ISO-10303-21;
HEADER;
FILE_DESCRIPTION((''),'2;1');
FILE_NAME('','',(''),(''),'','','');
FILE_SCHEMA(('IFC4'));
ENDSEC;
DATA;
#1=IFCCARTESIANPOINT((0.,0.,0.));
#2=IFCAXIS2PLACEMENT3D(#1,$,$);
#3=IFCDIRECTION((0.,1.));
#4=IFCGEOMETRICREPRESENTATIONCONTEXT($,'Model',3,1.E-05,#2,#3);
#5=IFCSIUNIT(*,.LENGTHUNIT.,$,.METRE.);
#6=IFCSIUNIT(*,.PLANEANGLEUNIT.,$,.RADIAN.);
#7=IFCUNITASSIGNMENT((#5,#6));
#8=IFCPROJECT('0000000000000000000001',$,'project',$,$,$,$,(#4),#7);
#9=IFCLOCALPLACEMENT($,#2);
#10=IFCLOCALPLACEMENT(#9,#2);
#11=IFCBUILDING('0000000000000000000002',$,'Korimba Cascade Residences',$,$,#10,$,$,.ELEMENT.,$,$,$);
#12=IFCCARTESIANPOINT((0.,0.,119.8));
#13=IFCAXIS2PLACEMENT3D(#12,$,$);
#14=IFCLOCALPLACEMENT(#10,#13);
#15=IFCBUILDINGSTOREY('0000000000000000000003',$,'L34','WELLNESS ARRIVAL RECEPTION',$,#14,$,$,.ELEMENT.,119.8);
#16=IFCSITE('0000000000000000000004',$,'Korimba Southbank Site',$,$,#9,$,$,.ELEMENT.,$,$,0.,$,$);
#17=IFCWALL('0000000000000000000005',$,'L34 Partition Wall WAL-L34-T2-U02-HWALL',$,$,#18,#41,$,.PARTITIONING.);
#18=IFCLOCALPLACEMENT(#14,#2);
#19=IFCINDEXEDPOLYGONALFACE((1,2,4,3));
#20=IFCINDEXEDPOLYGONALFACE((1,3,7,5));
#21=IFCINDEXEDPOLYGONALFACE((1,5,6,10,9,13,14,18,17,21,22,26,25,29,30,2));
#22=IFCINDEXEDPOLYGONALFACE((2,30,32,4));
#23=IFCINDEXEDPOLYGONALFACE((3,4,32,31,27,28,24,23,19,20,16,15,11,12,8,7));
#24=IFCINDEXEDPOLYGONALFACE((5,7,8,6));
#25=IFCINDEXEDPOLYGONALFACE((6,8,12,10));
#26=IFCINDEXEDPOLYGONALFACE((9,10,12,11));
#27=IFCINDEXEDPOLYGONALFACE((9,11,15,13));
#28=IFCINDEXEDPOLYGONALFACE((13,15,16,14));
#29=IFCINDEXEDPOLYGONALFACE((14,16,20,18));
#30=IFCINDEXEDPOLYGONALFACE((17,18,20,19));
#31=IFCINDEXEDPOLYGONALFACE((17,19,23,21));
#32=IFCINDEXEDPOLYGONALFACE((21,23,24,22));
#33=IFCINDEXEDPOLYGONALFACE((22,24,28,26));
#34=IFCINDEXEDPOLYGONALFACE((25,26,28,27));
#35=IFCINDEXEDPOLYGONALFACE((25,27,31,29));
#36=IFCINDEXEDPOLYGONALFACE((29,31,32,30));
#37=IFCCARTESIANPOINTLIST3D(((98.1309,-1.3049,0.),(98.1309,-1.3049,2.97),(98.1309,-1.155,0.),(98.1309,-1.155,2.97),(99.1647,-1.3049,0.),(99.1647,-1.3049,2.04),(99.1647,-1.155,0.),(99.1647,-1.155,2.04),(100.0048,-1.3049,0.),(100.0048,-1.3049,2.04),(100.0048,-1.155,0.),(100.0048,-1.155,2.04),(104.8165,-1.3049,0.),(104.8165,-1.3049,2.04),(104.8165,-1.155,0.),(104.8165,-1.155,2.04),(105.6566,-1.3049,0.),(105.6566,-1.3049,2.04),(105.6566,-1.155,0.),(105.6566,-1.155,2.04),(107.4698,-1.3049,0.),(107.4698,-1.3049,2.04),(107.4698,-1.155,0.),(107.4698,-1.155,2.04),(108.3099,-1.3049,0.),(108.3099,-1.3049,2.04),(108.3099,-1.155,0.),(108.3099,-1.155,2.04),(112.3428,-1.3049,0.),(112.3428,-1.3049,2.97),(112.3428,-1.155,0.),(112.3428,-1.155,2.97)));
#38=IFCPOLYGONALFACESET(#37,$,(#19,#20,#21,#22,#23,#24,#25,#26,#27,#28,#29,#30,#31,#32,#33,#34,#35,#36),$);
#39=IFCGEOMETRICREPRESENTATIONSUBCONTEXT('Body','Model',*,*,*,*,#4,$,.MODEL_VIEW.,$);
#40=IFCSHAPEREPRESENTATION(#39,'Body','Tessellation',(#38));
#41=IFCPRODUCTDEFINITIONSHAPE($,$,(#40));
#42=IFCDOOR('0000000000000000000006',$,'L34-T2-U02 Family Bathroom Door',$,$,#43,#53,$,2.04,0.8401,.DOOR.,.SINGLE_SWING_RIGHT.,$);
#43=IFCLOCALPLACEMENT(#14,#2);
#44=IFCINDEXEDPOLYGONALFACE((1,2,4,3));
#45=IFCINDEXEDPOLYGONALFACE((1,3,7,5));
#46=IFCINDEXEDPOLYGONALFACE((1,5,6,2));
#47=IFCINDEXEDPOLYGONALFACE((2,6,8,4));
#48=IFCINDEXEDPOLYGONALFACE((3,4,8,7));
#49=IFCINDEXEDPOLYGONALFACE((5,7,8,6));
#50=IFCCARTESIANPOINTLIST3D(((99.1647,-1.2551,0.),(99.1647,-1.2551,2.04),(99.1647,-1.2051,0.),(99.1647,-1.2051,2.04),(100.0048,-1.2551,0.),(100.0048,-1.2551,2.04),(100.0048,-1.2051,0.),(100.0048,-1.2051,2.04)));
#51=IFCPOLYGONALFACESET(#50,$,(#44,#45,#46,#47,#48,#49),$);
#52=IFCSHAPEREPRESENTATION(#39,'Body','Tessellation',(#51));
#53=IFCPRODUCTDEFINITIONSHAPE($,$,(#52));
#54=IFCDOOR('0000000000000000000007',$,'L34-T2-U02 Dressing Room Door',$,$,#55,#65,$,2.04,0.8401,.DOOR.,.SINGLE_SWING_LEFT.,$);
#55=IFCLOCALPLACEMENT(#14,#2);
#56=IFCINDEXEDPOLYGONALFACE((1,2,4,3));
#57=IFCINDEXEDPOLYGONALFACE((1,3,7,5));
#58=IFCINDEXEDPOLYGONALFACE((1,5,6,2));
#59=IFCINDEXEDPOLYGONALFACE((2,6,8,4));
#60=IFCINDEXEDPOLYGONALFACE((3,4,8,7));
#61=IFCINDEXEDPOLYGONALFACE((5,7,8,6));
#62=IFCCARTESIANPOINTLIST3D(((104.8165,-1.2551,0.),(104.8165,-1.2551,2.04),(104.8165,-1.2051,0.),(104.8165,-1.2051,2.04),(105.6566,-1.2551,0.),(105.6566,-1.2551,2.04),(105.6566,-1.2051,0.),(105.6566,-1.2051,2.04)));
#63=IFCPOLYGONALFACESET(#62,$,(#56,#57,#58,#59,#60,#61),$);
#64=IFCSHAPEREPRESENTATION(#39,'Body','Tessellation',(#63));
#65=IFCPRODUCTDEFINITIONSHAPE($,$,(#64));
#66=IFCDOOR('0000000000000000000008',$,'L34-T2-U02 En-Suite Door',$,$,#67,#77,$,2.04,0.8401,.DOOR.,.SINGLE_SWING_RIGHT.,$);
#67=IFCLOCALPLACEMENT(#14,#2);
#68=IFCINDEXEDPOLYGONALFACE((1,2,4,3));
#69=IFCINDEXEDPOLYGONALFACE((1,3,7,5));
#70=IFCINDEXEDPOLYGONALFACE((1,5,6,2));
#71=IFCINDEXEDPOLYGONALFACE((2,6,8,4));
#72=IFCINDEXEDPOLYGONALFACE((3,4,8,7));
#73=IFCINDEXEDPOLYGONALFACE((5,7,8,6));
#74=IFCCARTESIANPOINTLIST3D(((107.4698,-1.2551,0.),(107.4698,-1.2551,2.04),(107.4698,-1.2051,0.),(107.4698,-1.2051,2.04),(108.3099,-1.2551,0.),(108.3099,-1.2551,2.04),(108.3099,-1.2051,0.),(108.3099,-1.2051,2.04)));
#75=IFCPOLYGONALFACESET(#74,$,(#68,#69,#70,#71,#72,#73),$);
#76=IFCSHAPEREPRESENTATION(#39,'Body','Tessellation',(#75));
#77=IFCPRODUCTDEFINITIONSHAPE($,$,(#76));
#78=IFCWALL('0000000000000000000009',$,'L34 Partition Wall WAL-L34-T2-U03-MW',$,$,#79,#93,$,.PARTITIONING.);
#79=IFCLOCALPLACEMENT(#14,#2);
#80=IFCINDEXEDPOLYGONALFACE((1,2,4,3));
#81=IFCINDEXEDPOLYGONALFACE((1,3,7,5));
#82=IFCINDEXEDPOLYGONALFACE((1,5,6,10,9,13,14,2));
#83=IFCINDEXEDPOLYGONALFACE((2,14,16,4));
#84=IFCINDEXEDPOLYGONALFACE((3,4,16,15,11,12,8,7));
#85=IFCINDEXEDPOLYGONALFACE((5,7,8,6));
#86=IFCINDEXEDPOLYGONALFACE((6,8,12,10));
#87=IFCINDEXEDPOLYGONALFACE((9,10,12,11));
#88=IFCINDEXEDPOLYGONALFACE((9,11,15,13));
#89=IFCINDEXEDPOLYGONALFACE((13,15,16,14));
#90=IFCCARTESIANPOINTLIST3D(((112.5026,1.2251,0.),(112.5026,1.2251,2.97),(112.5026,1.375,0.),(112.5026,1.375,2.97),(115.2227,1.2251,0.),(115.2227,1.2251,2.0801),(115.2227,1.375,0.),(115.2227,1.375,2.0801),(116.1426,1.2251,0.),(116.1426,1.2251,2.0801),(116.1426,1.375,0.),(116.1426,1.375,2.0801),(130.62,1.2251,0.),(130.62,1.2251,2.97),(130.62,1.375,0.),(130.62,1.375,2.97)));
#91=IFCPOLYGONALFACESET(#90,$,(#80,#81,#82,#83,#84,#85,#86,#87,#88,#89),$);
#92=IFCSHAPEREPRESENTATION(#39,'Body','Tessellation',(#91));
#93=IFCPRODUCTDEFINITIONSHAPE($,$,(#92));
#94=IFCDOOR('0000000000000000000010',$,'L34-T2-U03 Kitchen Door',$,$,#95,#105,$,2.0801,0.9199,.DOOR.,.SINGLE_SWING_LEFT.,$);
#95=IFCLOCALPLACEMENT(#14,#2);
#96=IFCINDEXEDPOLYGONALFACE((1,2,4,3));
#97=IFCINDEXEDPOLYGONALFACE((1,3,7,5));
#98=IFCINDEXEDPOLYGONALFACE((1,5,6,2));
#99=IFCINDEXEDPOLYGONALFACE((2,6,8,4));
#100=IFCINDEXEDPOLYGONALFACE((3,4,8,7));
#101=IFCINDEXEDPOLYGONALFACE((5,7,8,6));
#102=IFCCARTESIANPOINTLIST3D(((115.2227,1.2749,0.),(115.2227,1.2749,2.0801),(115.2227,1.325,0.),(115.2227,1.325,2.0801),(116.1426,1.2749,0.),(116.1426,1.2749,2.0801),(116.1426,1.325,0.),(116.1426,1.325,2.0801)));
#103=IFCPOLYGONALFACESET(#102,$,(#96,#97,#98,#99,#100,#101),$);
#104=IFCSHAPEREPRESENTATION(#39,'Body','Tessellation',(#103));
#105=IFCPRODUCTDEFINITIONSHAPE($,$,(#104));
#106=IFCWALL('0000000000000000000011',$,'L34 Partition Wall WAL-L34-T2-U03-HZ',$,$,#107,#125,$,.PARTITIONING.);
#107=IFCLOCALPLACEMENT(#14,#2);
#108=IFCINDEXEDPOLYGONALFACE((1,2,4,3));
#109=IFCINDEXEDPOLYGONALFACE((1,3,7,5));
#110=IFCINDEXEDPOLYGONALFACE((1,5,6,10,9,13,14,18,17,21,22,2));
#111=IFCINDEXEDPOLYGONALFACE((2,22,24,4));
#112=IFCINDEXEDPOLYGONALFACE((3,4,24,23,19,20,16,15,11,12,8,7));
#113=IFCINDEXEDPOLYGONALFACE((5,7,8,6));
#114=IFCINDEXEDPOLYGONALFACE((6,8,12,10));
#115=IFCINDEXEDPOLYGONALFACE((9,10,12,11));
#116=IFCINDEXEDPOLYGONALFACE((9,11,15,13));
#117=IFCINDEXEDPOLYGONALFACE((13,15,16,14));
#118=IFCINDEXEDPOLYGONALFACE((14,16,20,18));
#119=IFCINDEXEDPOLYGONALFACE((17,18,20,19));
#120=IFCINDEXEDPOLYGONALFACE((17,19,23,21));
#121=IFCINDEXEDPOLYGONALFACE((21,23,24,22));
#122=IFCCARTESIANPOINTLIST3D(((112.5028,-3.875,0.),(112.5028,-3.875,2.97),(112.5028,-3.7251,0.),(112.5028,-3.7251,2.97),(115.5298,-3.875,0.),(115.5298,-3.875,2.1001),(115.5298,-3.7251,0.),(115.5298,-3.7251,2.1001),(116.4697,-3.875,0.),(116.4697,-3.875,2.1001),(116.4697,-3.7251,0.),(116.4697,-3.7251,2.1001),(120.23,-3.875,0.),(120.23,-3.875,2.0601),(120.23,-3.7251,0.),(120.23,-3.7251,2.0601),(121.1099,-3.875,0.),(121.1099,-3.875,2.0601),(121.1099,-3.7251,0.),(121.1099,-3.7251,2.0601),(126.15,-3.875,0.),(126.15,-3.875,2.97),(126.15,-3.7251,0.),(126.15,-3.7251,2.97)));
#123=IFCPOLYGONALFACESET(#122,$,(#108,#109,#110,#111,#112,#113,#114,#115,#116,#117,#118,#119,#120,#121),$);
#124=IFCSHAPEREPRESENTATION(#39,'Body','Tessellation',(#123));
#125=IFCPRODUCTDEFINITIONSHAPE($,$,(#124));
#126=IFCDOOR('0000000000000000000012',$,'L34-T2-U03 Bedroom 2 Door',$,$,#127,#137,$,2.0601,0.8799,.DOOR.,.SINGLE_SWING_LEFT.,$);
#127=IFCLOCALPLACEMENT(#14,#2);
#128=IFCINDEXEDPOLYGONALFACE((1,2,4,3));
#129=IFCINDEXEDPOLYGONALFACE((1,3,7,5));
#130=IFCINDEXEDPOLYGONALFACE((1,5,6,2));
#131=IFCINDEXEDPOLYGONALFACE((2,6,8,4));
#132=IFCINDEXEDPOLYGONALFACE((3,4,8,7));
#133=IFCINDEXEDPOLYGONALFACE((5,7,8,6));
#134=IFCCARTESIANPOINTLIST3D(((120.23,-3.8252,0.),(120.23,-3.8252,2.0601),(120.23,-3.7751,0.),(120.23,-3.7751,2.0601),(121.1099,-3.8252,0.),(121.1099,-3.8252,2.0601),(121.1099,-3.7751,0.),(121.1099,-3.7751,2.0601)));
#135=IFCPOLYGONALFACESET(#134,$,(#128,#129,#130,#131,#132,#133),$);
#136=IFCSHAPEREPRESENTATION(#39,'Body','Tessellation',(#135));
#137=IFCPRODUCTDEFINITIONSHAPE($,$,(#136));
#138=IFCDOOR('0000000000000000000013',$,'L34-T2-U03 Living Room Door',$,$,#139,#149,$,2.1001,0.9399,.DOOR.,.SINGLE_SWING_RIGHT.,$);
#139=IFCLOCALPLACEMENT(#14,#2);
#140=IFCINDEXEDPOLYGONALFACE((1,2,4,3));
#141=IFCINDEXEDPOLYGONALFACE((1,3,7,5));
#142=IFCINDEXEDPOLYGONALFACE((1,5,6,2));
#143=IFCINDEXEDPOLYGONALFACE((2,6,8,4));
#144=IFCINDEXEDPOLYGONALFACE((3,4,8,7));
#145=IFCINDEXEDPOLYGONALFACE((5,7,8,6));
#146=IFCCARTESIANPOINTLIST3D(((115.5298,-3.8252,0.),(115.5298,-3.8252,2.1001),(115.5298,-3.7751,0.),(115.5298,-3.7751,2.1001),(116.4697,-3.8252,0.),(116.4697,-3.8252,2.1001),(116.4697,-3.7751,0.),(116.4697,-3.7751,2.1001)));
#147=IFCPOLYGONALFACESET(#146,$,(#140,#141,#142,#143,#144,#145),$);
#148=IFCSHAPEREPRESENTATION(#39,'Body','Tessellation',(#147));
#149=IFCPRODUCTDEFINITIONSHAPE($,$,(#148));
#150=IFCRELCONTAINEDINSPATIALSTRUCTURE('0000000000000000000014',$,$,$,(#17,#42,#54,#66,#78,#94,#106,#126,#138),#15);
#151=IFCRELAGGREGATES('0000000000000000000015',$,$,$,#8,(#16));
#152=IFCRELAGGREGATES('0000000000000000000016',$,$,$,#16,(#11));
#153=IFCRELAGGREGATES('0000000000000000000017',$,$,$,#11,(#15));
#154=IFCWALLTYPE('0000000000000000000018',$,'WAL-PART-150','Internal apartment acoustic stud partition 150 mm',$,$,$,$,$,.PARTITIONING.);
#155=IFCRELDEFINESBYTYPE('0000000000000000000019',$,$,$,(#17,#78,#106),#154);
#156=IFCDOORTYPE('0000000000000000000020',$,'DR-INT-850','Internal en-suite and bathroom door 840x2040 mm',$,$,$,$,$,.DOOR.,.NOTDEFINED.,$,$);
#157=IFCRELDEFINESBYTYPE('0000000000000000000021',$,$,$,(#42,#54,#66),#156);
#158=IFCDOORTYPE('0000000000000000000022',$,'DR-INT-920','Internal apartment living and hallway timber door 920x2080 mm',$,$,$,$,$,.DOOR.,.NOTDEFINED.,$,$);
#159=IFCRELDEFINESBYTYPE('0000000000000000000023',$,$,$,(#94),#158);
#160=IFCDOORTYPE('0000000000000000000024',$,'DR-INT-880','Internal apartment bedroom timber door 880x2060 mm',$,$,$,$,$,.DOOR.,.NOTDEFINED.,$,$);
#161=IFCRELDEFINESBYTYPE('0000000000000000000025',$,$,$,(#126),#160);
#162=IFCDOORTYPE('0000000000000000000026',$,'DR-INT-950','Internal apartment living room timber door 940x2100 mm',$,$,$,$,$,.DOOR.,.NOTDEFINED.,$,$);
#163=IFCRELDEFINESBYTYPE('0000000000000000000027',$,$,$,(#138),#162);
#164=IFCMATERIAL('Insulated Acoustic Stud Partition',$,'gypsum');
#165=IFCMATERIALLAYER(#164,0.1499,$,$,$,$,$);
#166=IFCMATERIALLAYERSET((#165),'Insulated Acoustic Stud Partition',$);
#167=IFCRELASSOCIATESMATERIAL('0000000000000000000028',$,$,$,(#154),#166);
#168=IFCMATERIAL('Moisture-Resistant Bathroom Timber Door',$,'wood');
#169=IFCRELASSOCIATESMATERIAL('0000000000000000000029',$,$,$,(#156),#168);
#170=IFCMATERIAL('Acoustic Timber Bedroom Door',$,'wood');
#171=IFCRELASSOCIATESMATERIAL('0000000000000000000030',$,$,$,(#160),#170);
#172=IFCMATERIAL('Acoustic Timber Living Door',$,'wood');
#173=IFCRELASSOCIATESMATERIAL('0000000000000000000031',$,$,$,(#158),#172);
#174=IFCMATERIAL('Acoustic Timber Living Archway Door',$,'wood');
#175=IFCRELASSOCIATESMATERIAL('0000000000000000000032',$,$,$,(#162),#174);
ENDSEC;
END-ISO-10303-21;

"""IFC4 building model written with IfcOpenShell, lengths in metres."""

from ifc_helpers import new_model, si_unit, direction, frame, frame_2d, origin, place, context, subcontext, project, spatial, rectangle, extrude, material, layer, layer_set, type_object, element, fill, save


model = new_model("IFC4")

# Units and contexts
model_context = context("Model", 3, precision=1e-05, world=origin(), true_north=direction((0.0, 1.0)))
body_context = subcontext(model_context, "Body", "Model", "MODEL_VIEW")
ifc_project = project(units=[si_unit("LENGTHUNIT", "METRE"), si_unit("PLANEANGLEUNIT", "RADIAN")], contexts=[model_context])

# Site, building, storey
site_placement = place(None, origin())
site = spatial("IfcSite", under=ifc_project, at=site_placement, Name="Korimba Southbank Site", CompositionType="ELEMENT", RefElevation=0.0)
building_placement = place(site_placement, origin())
building = spatial("IfcBuilding", under=site, at=building_placement, Name="Korimba Cascade Residences", CompositionType="ELEMENT")
storey_placement = place(building_placement, frame((0.0, 0.0, 119.8)))
storey = spatial("IfcBuildingStorey", under=building, at=storey_placement, Name="L34", Description="WELLNESS ARRIVAL RECEPTION", CompositionType="ELEMENT", Elevation=119.8)

# Shared definitions
ifc_material_1 = material(Name="Insulated Acoustic Stud Partition", Category="gypsum")
ifc_layer = layer(ifc_material_1, 0.1499)
ifc_layer_set = layer_set([ifc_layer], Name="Insulated Acoustic Stud Partition")
wall_type = type_object("IfcWallType", Name="WAL-PART-150", Description="Internal apartment acoustic stud partition 150 mm", PredefinedType="PARTITIONING", material=ifc_layer_set)
ifc_material_2 = material(Name="Moisture-Resistant Bathroom Timber Door", Category="wood")
door_type_1 = type_object("IfcDoorType", Name="DR-INT-850", Description="Internal en-suite and bathroom door 840x2040 mm", OperationType="NOTDEFINED", PredefinedType="DOOR", material=ifc_material_2)
ifc_material_3 = material(Name="Acoustic Timber Bedroom Door", Category="wood")
door_type_2 = type_object("IfcDoorType", Name="DR-INT-880", Description="Internal apartment bedroom timber door 880x2060 mm", OperationType="NOTDEFINED", PredefinedType="DOOR", material=ifc_material_3)

# Wall, openings, doors
wall_1_placement = place(storey_placement, frame((98.1309, -1.23, 0.0), z_axis=(0.0, 0.0, 1.0), x_axis=(1.0, 0.0, 0.0)))
wall_1 = element("IfcWall", 1, at=wall_1_placement, inside=storey, type_object=wall_type, Name="L34 Partition Wall WAL-L34-T2-U02-HWALL", PredefinedType="PARTITIONING", context=body_context, shape_type="SweptSolid", body=[
    extrude(rectangle(XDim=14.2119, YDim=0.1499, at=frame_2d((7.106, 0.0))), origin(), (0.0, 0.0, 1.0), 2.97),
])
opening_1_placement = place(wall_1_placement, frame((1.0339, 0.0, 0.0)))
opening_1 = element("IfcOpeningElement", 2, at=opening_1_placement, cuts=wall_1, PredefinedType="OPENING", context=body_context, shape_type="SweptSolid", body=[
    extrude(rectangle(XDim=0.8401, YDim=2.04, at=frame_2d((0.4199, 1.02))), frame((0.0, 0.085, 0.0), z_axis=(0.0, -1.0, 0.0), x_axis=(1.0, 0.0, 0.0)), (0.0, 0.0, 1.0), 0.1699),
])
opening_2_placement = place(wall_1_placement, frame((6.6858, 0.0, 0.0)))
opening_2 = element("IfcOpeningElement", 3, at=opening_2_placement, cuts=wall_1, PredefinedType="OPENING", context=body_context, shape_type="SweptSolid", body=[
    extrude(rectangle(XDim=0.8401, YDim=2.04, at=frame_2d((0.4199, 1.02))), frame((0.0, 0.085, 0.0), z_axis=(0.0, -1.0, 0.0), x_axis=(1.0, 0.0, 0.0)), (0.0, 0.0, 1.0), 0.1699),
])
opening_3_placement = place(wall_1_placement, frame((9.3391, 0.0, 0.0)))
opening_3 = element("IfcOpeningElement", 4, at=opening_3_placement, cuts=wall_1, PredefinedType="OPENING", context=body_context, shape_type="SweptSolid", body=[
    extrude(rectangle(XDim=0.8401, YDim=2.04, at=frame_2d((0.4199, 1.02))), frame((0.0, 0.085, 0.0), z_axis=(0.0, -1.0, 0.0), x_axis=(1.0, 0.0, 0.0)), (0.0, 0.0, 1.0), 0.1699),
])
door_1_placement = place(opening_1_placement, origin())
door_1 = element("IfcDoor", 5, at=door_1_placement, inside=storey, type_object=door_type_1, Name="L34-T2-U02 Family Bathroom Door", OperationType="SINGLE_SWING_RIGHT", OverallHeight=2.04, OverallWidth=0.8401, PredefinedType="DOOR", context=body_context, shape_type="SweptSolid", body=[
    extrude(rectangle(XDim=0.8401, YDim=2.04, at=frame_2d((0.4199, 1.02))), frame((0.0, 0.0249, 0.0), z_axis=(0.0, -1.0, 0.0), x_axis=(1.0, 0.0, 0.0)), (0.0, 0.0, 1.0), 0.05),
])
fill(opening_1, door_1)
door_2_placement = place(opening_2_placement, origin())
door_2 = element("IfcDoor", 6, at=door_2_placement, inside=storey, type_object=door_type_1, Name="L34-T2-U02 Dressing Room Door", OperationType="SINGLE_SWING_LEFT", OverallHeight=2.04, OverallWidth=0.8401, PredefinedType="DOOR", context=body_context, shape_type="SweptSolid", body=[
    extrude(rectangle(XDim=0.8401, YDim=2.04, at=frame_2d((0.4199, 1.02))), frame((0.0, 0.0249, 0.0), z_axis=(0.0, -1.0, 0.0), x_axis=(1.0, 0.0, 0.0)), (0.0, 0.0, 1.0), 0.05),
])
fill(opening_2, door_2)
door_3_placement = place(opening_3_placement, origin())
door_3 = element("IfcDoor", 7, at=door_3_placement, inside=storey, type_object=door_type_1, Name="L34-T2-U02 En-Suite Door", OperationType="SINGLE_SWING_RIGHT", OverallHeight=2.04, OverallWidth=0.8401, PredefinedType="DOOR", context=body_context, shape_type="SweptSolid", body=[
    extrude(rectangle(XDim=0.8401, YDim=2.04, at=frame_2d((0.4199, 1.02))), frame((0.0, 0.0249, 0.0), z_axis=(0.0, -1.0, 0.0), x_axis=(1.0, 0.0, 0.0)), (0.0, 0.0, 1.0), 0.05),
])
fill(opening_3, door_3)

# Wall, opening, door
wall_2_placement = place(storey_placement, frame((112.5027, 1.3, 0.0), z_axis=(0.0, 0.0, 1.0), x_axis=(1.0, 0.0, 0.0)))
wall_2 = element("IfcWall", 8, at=wall_2_placement, inside=storey, type_object=wall_type, Name="L34 Partition Wall WAL-L34-T2-U03-MW", PredefinedType="PARTITIONING", context=body_context, shape_type="SweptSolid", body=[
    extrude(rectangle(XDim=18.1174, YDim=0.1499, at=frame_2d((9.0586, 0.0))), origin(), (0.0, 0.0, 1.0), 2.97),
])
opening_4_placement = place(wall_2_placement, frame((2.72, 0.0, 0.0)))
opening_4 = element("IfcOpeningElement", 9, at=opening_4_placement, cuts=wall_2, PredefinedType="OPENING", context=body_context, shape_type="SweptSolid", body=[
    extrude(rectangle(XDim=0.9199, YDim=2.0801, at=frame_2d((0.46, 1.04))), frame((0.0, 0.085, 0.0), z_axis=(0.0, -1.0, 0.0), x_axis=(1.0, 0.0, 0.0)), (0.0, 0.0, 1.0), 0.1699),
])
ifc_material_4 = material(Name="Acoustic Timber Living Door", Category="wood")
door_type_3 = type_object("IfcDoorType", Name="DR-INT-920", Description="Internal apartment living and hallway timber door 920x2080 mm", OperationType="NOTDEFINED", PredefinedType="DOOR", material=ifc_material_4)
door_4_placement = place(opening_4_placement, origin())
door_4 = element("IfcDoor", 10, at=door_4_placement, inside=storey, type_object=door_type_3, Name="L34-T2-U03 Kitchen Door", OperationType="SINGLE_SWING_LEFT", OverallHeight=2.0801, OverallWidth=0.9199, PredefinedType="DOOR", context=body_context, shape_type="SweptSolid", body=[
    extrude(rectangle(XDim=0.9199, YDim=2.0801, at=frame_2d((0.46, 1.04))), frame((0.0, 0.0249, 0.0), z_axis=(0.0, -1.0, 0.0), x_axis=(1.0, 0.0, 0.0)), (0.0, 0.0, 1.0), 0.05),
])
fill(opening_4, door_4)

# Wall, openings, doors
wall_3_placement = place(storey_placement, frame((112.5027, -3.8, 0.0), z_axis=(0.0, 0.0, 1.0), x_axis=(1.0, 0.0, 0.0)))
wall_3 = element("IfcWall", 11, at=wall_3_placement, inside=storey, type_object=wall_type, Name="L34 Partition Wall WAL-L34-T2-U03-HZ", PredefinedType="PARTITIONING", context=body_context, shape_type="SweptSolid", body=[
    extrude(rectangle(XDim=13.6472, YDim=0.1499, at=frame_2d((6.8237, 0.0))), origin(), (0.0, 0.0, 1.0), 2.97),
])
opening_5_placement = place(wall_3_placement, frame((3.0271, 0.0, 0.0)))
opening_5 = element("IfcOpeningElement", 12, at=opening_5_placement, cuts=wall_3, PredefinedType="OPENING", context=body_context, shape_type="SweptSolid", body=[
    extrude(rectangle(XDim=0.9399, YDim=2.1001, at=frame_2d((0.47, 1.05))), frame((0.0, 0.085, 0.0), z_axis=(0.0, -1.0, 0.0), x_axis=(1.0, 0.0, 0.0)), (0.0, 0.0, 1.0), 0.1699),
])
opening_6_placement = place(wall_3_placement, frame((7.7273, 0.0, 0.0)))
opening_6 = element("IfcOpeningElement", 13, at=opening_6_placement, cuts=wall_3, PredefinedType="OPENING", context=body_context, shape_type="SweptSolid", body=[
    extrude(rectangle(XDim=0.8799, YDim=2.0601, at=frame_2d((0.4399, 1.03))), frame((0.0, 0.085, 0.0), z_axis=(0.0, -1.0, 0.0), x_axis=(1.0, 0.0, 0.0)), (0.0, 0.0, 1.0), 0.1699),
])
door_5_placement = place(opening_6_placement, origin())
door_5 = element("IfcDoor", 14, at=door_5_placement, inside=storey, type_object=door_type_2, Name="L34-T2-U03 Bedroom 2 Door", OperationType="SINGLE_SWING_LEFT", OverallHeight=2.0601, OverallWidth=0.8799, PredefinedType="DOOR", context=body_context, shape_type="SweptSolid", body=[
    extrude(rectangle(XDim=0.8799, YDim=2.0601, at=frame_2d((0.4399, 1.03))), frame((0.0, 0.0249, 0.0), z_axis=(0.0, -1.0, 0.0), x_axis=(1.0, 0.0, 0.0)), (0.0, 0.0, 1.0), 0.05),
])
fill(opening_6, door_5)
ifc_material_5 = material(Name="Acoustic Timber Living Archway Door", Category="wood")
door_type_4 = type_object("IfcDoorType", Name="DR-INT-950", Description="Internal apartment living room timber door 940x2100 mm", OperationType="NOTDEFINED", PredefinedType="DOOR", material=ifc_material_5)
door_6_placement = place(opening_5_placement, origin())
door_6 = element("IfcDoor", 15, at=door_6_placement, inside=storey, type_object=door_type_4, Name="L34-T2-U03 Living Room Door", OperationType="SINGLE_SWING_RIGHT", OverallHeight=2.1001, OverallWidth=0.9399, PredefinedType="DOOR", context=body_context, shape_type="SweptSolid", body=[
    extrude(rectangle(XDim=0.9399, YDim=2.1001, at=frame_2d((0.47, 1.05))), frame((0.0, 0.0249, 0.0), z_axis=(0.0, -1.0, 0.0), x_axis=(1.0, 0.0, 0.0)), (0.0, 0.0, 1.0), 0.05),
])
fill(opening_5, door_6)

save(model, "model.ifc")
